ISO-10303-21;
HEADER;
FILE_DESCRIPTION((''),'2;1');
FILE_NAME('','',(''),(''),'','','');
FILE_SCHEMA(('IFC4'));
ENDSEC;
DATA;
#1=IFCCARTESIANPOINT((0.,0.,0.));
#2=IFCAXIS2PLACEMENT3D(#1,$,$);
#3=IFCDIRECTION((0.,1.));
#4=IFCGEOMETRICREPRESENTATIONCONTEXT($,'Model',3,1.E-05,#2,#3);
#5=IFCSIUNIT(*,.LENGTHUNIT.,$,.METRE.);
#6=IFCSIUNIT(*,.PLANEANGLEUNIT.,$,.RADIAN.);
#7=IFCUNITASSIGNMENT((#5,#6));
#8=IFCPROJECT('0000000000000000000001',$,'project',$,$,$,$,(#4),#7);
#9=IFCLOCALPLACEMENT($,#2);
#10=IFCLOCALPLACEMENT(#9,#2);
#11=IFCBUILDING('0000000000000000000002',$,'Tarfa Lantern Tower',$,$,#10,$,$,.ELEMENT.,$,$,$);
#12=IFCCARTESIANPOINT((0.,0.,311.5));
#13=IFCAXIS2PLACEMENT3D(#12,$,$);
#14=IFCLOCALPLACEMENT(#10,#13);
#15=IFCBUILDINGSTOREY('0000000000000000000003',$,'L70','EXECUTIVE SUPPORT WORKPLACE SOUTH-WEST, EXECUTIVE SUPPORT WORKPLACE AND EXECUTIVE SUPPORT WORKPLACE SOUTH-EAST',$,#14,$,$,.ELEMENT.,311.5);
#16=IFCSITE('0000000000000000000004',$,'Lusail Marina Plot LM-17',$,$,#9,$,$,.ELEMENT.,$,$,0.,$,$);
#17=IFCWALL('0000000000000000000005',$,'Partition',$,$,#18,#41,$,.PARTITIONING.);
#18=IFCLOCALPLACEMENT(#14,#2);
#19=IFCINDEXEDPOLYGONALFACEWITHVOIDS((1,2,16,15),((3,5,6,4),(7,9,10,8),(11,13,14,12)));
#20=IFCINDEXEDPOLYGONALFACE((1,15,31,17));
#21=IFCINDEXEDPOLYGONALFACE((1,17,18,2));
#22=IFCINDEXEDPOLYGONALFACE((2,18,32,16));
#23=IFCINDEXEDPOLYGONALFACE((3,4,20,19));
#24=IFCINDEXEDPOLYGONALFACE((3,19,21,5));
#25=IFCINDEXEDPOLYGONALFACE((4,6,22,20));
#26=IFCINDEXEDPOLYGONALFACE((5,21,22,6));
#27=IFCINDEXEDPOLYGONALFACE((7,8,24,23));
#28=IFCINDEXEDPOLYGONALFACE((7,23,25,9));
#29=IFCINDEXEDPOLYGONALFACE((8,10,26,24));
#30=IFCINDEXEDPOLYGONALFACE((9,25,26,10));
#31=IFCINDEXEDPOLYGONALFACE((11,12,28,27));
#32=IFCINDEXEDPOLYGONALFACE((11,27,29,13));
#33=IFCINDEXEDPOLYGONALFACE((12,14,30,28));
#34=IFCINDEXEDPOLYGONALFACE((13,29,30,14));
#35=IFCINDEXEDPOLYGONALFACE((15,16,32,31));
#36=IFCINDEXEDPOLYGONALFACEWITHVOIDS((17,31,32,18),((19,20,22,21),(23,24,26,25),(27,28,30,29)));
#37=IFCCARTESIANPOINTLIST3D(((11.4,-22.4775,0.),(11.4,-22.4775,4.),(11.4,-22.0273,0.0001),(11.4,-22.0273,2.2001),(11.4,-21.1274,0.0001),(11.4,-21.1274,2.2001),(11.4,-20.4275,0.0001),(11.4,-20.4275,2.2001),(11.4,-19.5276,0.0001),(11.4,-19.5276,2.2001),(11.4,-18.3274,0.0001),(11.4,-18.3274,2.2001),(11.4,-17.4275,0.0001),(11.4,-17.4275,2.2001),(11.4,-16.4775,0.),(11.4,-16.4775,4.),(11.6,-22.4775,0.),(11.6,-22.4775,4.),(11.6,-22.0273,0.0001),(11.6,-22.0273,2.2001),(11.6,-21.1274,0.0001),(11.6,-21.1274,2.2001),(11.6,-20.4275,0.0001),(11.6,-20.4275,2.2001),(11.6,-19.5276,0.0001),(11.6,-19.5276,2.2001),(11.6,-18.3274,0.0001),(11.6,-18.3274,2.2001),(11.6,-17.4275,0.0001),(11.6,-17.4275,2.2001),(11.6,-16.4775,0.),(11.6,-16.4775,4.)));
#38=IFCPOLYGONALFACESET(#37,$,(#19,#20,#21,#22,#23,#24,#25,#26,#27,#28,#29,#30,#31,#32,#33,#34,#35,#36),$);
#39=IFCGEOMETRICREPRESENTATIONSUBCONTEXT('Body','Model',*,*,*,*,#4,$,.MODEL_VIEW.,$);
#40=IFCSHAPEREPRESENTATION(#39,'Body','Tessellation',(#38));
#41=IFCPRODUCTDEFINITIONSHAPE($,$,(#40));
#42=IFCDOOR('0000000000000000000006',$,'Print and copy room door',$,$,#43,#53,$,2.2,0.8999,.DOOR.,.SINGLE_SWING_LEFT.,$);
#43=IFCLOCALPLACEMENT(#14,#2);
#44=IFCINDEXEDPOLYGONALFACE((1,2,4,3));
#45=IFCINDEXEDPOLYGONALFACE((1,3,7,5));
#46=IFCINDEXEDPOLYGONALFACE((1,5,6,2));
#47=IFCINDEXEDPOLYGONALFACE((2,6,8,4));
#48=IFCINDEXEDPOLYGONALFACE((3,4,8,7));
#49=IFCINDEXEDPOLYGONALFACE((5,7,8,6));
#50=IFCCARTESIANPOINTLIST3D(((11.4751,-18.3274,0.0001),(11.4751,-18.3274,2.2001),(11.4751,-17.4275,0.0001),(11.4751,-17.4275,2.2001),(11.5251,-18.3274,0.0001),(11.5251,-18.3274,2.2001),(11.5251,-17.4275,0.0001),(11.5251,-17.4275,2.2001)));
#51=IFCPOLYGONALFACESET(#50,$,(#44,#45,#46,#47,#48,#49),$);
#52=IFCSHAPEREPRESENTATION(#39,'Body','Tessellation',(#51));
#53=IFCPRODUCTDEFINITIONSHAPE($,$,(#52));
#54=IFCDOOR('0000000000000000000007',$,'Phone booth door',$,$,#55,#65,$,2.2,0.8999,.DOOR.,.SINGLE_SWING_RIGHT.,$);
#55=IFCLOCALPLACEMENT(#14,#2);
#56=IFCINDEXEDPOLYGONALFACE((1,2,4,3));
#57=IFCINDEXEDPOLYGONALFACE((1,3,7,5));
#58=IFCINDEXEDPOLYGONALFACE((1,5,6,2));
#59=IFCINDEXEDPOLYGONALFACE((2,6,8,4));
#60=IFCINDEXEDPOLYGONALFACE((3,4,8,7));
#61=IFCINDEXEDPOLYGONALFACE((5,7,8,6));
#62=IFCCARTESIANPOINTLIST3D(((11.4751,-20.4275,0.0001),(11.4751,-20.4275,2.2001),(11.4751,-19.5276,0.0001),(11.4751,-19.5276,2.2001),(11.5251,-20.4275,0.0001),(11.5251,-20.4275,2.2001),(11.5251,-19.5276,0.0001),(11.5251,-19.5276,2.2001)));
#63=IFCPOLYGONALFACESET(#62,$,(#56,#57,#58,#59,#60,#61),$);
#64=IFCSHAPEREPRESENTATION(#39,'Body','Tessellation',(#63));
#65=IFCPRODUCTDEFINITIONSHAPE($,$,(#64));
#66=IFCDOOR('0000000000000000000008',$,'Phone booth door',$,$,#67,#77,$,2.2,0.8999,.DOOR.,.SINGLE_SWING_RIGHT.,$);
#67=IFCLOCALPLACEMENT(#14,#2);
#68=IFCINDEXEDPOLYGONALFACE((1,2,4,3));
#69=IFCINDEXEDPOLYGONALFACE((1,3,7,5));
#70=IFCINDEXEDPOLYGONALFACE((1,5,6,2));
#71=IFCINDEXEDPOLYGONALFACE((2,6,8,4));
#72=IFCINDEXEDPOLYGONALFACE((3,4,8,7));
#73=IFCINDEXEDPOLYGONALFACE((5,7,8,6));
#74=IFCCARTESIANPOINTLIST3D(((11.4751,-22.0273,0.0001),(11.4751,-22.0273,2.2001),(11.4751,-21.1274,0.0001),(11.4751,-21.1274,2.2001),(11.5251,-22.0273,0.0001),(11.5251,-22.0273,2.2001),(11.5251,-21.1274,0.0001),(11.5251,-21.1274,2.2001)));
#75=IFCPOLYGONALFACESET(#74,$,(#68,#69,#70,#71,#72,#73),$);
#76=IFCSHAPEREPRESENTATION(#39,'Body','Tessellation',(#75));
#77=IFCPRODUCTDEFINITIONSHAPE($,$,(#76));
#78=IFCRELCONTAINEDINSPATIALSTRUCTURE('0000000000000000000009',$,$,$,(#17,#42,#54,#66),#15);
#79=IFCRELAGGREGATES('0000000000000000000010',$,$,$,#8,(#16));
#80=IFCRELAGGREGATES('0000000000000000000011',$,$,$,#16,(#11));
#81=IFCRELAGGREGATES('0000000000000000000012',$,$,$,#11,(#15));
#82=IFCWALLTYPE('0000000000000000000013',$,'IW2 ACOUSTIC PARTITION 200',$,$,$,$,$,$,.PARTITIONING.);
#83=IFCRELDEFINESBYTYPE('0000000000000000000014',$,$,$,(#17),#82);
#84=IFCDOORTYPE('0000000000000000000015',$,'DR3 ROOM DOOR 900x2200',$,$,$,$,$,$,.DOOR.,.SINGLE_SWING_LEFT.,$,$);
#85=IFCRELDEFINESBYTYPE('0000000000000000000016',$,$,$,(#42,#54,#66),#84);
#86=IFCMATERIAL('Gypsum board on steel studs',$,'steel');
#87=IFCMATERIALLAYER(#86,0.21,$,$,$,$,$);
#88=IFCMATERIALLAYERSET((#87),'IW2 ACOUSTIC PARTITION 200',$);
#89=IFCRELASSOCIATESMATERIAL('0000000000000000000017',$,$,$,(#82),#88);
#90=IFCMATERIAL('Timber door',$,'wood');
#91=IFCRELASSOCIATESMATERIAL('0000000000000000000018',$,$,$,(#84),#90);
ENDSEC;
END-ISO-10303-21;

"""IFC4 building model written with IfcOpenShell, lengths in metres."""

from ifc_helpers import new_model, si_unit, direction, frame, frame_2d, origin, place, context, subcontext, project, spatial, rectangle, extrude, material, layer, layer_set, type_object, element, fill, save


model = new_model("IFC4")

# Units and contexts
model_context = context("Model", 3, precision=1e-05, world=origin(), true_north=direction((0.0, 1.0)))
body_context = subcontext(model_context, "Body", "Model", "MODEL_VIEW")
ifc_project = project(units=[si_unit("LENGTHUNIT", "METRE"), si_unit("PLANEANGLEUNIT", "RADIAN")], contexts=[model_context])

# Site, building, storey
site_placement = place(None, origin())
site = spatial("IfcSite", under=ifc_project, at=site_placement, Name="Lusail Marina Plot LM-17", CompositionType="ELEMENT", RefElevation=0.0)
building_placement = place(site_placement, origin())
building = spatial("IfcBuilding", under=site, at=building_placement, Name="Tarfa Lantern Tower", CompositionType="ELEMENT")
storey_placement = place(building_placement, frame((0.0, 0.0, 311.5)))
storey = spatial("IfcBuildingStorey", under=building, at=storey_placement, Name="L70", Description="EXECUTIVE SUPPORT WORKPLACE SOUTH-WEST, EXECUTIVE SUPPORT WORKPLACE AND EXECUTIVE SUPPORT WORKPLACE SOUTH-EAST", CompositionType="ELEMENT", Elevation=311.5)

# Shared definitions
ifc_material_1 = material(Name="Gypsum board on steel studs", Category="steel")
ifc_layer_1 = layer(ifc_material_1, 0.21)
ifc_layer_set_1 = layer_set([ifc_layer_1], Name="IW2 ACOUSTIC PARTITION 200")
wall_type_1 = type_object("IfcWallType", Name="IW2 ACOUSTIC PARTITION 200", PredefinedType="PARTITIONING", material=ifc_layer_set_1)
ifc_material_2 = material(Name="Timber door", Category="wood")

# Wall, openings, doors
wall_1_placement = place(storey_placement, frame((11.5, -16.4775, 0.0), z_axis=(0.0, 0.0, 1.0), x_axis=(0.0, -1.0, 0.0)))
wall_1 = element("IfcWall", 1, at=wall_1_placement, inside=storey, type_object=wall_type_1, Name="Partition", PredefinedType="PARTITIONING", context=body_context, shape_type="SweptSolid", body=[
    extrude(rectangle(XDim=6.0, YDim=0.2, at=frame_2d((3.0, 0.0))), origin(), (0.0, 0.0, 1.0), 4.0),
])
opening_1_placement = place(wall_1_placement, frame((0.95, 0.0, 0.0)))
opening_1 = element("IfcOpeningElement", 2, at=opening_1_placement, cuts=wall_1, PredefinedType="OPENING", context=body_context, shape_type="SweptSolid", body=[
    extrude(rectangle(XDim=0.8999, YDim=2.2, at=frame_2d((0.45, 1.1001))), frame((0.0, 0.1099, 0.0), z_axis=(0.0, -1.0, 0.0), x_axis=(1.0, 0.0, 0.0)), (0.0, 0.0, 1.0), 0.22),
])
opening_2_placement = place(wall_1_placement, frame((3.05, 0.0, 0.0)))
opening_2 = element("IfcOpeningElement", 3, at=opening_2_placement, cuts=wall_1, PredefinedType="OPENING", context=body_context, shape_type="SweptSolid", body=[
    extrude(rectangle(XDim=0.8999, YDim=2.2, at=frame_2d((0.45, 1.1001))), frame((0.0, 0.1099, 0.0), z_axis=(0.0, -1.0, 0.0), x_axis=(1.0, 0.0, 0.0)), (0.0, 0.0, 1.0), 0.22),
])
opening_3_placement = place(wall_1_placement, frame((4.6499, 0.0, 0.0)))
opening_3 = element("IfcOpeningElement", 4, at=opening_3_placement, cuts=wall_1, PredefinedType="OPENING", context=body_context, shape_type="SweptSolid", body=[
    extrude(rectangle(XDim=0.8999, YDim=2.2, at=frame_2d((0.45, 1.1001))), frame((0.0, 0.1099, 0.0), z_axis=(0.0, -1.0, 0.0), x_axis=(1.0, 0.0, 0.0)), (0.0, 0.0, 1.0), 0.22),
])
door_type_1 = type_object("IfcDoorType", Name="DR3 ROOM DOOR 900x2200", OperationType="SINGLE_SWING_LEFT", PredefinedType="DOOR", material=ifc_material_2)
door_1_placement = place(opening_1_placement, frame((0.8999, 0.0, 0.0), z_axis=(0.0, 0.0, 1.0), x_axis=(-1.0, 0.0, 0.0)))
door_1 = element("IfcDoor", 5, at=door_1_placement, inside=storey, type_object=door_type_1, Name="Print and copy room door", OperationType="SINGLE_SWING_LEFT", OverallHeight=2.2, OverallWidth=0.8999, PredefinedType="DOOR", context=body_context, shape_type="SweptSolid", body=[
    extrude(rectangle(XDim=0.8999, YDim=2.2, at=frame_2d((0.45, 1.1001))), frame((0.0, 0.0249, 0.0), z_axis=(0.0, -1.0, 0.0), x_axis=(1.0, 0.0, 0.0)), (0.0, 0.0, 1.0), 0.05),
])
fill(opening_1, door_1)
door_2_placement = place(opening_2_placement, frame((0.8999, 0.0, 0.0), z_axis=(0.0, 0.0, 1.0), x_axis=(-1.0, 0.0, 0.0)))
door_2 = element("IfcDoor", 6, at=door_2_placement, inside=storey, type_object=door_type_1, Name="Phone booth door", OperationType="SINGLE_SWING_RIGHT", OverallHeight=2.2, OverallWidth=0.8999, PredefinedType="DOOR", context=body_context, shape_type="SweptSolid", body=[
    extrude(rectangle(XDim=0.8999, YDim=2.2, at=frame_2d((0.45, 1.1001))), frame((0.0, 0.0249, 0.0), z_axis=(0.0, -1.0, 0.0), x_axis=(1.0, 0.0, 0.0)), (0.0, 0.0, 1.0), 0.05),
])
fill(opening_2, door_2)
door_3_placement = place(opening_3_placement, frame((0.8999, 0.0, 0.0), z_axis=(0.0, 0.0, 1.0), x_axis=(-1.0, 0.0, 0.0)))
door_3 = element("IfcDoor", 7, at=door_3_placement, inside=storey, type_object=door_type_1, Name="Phone booth door", OperationType="SINGLE_SWING_RIGHT", OverallHeight=2.2, OverallWidth=0.8999, PredefinedType="DOOR", context=body_context, shape_type="SweptSolid", body=[
    extrude(rectangle(XDim=0.8999, YDim=2.2, at=frame_2d((0.45, 1.1001))), frame((0.0, 0.0249, 0.0), z_axis=(0.0, -1.0, 0.0), x_axis=(1.0, 0.0, 0.0)), (0.0, 0.0, 1.0), 0.05),
])
fill(opening_3, door_3)

save(model, "model.ifc")
